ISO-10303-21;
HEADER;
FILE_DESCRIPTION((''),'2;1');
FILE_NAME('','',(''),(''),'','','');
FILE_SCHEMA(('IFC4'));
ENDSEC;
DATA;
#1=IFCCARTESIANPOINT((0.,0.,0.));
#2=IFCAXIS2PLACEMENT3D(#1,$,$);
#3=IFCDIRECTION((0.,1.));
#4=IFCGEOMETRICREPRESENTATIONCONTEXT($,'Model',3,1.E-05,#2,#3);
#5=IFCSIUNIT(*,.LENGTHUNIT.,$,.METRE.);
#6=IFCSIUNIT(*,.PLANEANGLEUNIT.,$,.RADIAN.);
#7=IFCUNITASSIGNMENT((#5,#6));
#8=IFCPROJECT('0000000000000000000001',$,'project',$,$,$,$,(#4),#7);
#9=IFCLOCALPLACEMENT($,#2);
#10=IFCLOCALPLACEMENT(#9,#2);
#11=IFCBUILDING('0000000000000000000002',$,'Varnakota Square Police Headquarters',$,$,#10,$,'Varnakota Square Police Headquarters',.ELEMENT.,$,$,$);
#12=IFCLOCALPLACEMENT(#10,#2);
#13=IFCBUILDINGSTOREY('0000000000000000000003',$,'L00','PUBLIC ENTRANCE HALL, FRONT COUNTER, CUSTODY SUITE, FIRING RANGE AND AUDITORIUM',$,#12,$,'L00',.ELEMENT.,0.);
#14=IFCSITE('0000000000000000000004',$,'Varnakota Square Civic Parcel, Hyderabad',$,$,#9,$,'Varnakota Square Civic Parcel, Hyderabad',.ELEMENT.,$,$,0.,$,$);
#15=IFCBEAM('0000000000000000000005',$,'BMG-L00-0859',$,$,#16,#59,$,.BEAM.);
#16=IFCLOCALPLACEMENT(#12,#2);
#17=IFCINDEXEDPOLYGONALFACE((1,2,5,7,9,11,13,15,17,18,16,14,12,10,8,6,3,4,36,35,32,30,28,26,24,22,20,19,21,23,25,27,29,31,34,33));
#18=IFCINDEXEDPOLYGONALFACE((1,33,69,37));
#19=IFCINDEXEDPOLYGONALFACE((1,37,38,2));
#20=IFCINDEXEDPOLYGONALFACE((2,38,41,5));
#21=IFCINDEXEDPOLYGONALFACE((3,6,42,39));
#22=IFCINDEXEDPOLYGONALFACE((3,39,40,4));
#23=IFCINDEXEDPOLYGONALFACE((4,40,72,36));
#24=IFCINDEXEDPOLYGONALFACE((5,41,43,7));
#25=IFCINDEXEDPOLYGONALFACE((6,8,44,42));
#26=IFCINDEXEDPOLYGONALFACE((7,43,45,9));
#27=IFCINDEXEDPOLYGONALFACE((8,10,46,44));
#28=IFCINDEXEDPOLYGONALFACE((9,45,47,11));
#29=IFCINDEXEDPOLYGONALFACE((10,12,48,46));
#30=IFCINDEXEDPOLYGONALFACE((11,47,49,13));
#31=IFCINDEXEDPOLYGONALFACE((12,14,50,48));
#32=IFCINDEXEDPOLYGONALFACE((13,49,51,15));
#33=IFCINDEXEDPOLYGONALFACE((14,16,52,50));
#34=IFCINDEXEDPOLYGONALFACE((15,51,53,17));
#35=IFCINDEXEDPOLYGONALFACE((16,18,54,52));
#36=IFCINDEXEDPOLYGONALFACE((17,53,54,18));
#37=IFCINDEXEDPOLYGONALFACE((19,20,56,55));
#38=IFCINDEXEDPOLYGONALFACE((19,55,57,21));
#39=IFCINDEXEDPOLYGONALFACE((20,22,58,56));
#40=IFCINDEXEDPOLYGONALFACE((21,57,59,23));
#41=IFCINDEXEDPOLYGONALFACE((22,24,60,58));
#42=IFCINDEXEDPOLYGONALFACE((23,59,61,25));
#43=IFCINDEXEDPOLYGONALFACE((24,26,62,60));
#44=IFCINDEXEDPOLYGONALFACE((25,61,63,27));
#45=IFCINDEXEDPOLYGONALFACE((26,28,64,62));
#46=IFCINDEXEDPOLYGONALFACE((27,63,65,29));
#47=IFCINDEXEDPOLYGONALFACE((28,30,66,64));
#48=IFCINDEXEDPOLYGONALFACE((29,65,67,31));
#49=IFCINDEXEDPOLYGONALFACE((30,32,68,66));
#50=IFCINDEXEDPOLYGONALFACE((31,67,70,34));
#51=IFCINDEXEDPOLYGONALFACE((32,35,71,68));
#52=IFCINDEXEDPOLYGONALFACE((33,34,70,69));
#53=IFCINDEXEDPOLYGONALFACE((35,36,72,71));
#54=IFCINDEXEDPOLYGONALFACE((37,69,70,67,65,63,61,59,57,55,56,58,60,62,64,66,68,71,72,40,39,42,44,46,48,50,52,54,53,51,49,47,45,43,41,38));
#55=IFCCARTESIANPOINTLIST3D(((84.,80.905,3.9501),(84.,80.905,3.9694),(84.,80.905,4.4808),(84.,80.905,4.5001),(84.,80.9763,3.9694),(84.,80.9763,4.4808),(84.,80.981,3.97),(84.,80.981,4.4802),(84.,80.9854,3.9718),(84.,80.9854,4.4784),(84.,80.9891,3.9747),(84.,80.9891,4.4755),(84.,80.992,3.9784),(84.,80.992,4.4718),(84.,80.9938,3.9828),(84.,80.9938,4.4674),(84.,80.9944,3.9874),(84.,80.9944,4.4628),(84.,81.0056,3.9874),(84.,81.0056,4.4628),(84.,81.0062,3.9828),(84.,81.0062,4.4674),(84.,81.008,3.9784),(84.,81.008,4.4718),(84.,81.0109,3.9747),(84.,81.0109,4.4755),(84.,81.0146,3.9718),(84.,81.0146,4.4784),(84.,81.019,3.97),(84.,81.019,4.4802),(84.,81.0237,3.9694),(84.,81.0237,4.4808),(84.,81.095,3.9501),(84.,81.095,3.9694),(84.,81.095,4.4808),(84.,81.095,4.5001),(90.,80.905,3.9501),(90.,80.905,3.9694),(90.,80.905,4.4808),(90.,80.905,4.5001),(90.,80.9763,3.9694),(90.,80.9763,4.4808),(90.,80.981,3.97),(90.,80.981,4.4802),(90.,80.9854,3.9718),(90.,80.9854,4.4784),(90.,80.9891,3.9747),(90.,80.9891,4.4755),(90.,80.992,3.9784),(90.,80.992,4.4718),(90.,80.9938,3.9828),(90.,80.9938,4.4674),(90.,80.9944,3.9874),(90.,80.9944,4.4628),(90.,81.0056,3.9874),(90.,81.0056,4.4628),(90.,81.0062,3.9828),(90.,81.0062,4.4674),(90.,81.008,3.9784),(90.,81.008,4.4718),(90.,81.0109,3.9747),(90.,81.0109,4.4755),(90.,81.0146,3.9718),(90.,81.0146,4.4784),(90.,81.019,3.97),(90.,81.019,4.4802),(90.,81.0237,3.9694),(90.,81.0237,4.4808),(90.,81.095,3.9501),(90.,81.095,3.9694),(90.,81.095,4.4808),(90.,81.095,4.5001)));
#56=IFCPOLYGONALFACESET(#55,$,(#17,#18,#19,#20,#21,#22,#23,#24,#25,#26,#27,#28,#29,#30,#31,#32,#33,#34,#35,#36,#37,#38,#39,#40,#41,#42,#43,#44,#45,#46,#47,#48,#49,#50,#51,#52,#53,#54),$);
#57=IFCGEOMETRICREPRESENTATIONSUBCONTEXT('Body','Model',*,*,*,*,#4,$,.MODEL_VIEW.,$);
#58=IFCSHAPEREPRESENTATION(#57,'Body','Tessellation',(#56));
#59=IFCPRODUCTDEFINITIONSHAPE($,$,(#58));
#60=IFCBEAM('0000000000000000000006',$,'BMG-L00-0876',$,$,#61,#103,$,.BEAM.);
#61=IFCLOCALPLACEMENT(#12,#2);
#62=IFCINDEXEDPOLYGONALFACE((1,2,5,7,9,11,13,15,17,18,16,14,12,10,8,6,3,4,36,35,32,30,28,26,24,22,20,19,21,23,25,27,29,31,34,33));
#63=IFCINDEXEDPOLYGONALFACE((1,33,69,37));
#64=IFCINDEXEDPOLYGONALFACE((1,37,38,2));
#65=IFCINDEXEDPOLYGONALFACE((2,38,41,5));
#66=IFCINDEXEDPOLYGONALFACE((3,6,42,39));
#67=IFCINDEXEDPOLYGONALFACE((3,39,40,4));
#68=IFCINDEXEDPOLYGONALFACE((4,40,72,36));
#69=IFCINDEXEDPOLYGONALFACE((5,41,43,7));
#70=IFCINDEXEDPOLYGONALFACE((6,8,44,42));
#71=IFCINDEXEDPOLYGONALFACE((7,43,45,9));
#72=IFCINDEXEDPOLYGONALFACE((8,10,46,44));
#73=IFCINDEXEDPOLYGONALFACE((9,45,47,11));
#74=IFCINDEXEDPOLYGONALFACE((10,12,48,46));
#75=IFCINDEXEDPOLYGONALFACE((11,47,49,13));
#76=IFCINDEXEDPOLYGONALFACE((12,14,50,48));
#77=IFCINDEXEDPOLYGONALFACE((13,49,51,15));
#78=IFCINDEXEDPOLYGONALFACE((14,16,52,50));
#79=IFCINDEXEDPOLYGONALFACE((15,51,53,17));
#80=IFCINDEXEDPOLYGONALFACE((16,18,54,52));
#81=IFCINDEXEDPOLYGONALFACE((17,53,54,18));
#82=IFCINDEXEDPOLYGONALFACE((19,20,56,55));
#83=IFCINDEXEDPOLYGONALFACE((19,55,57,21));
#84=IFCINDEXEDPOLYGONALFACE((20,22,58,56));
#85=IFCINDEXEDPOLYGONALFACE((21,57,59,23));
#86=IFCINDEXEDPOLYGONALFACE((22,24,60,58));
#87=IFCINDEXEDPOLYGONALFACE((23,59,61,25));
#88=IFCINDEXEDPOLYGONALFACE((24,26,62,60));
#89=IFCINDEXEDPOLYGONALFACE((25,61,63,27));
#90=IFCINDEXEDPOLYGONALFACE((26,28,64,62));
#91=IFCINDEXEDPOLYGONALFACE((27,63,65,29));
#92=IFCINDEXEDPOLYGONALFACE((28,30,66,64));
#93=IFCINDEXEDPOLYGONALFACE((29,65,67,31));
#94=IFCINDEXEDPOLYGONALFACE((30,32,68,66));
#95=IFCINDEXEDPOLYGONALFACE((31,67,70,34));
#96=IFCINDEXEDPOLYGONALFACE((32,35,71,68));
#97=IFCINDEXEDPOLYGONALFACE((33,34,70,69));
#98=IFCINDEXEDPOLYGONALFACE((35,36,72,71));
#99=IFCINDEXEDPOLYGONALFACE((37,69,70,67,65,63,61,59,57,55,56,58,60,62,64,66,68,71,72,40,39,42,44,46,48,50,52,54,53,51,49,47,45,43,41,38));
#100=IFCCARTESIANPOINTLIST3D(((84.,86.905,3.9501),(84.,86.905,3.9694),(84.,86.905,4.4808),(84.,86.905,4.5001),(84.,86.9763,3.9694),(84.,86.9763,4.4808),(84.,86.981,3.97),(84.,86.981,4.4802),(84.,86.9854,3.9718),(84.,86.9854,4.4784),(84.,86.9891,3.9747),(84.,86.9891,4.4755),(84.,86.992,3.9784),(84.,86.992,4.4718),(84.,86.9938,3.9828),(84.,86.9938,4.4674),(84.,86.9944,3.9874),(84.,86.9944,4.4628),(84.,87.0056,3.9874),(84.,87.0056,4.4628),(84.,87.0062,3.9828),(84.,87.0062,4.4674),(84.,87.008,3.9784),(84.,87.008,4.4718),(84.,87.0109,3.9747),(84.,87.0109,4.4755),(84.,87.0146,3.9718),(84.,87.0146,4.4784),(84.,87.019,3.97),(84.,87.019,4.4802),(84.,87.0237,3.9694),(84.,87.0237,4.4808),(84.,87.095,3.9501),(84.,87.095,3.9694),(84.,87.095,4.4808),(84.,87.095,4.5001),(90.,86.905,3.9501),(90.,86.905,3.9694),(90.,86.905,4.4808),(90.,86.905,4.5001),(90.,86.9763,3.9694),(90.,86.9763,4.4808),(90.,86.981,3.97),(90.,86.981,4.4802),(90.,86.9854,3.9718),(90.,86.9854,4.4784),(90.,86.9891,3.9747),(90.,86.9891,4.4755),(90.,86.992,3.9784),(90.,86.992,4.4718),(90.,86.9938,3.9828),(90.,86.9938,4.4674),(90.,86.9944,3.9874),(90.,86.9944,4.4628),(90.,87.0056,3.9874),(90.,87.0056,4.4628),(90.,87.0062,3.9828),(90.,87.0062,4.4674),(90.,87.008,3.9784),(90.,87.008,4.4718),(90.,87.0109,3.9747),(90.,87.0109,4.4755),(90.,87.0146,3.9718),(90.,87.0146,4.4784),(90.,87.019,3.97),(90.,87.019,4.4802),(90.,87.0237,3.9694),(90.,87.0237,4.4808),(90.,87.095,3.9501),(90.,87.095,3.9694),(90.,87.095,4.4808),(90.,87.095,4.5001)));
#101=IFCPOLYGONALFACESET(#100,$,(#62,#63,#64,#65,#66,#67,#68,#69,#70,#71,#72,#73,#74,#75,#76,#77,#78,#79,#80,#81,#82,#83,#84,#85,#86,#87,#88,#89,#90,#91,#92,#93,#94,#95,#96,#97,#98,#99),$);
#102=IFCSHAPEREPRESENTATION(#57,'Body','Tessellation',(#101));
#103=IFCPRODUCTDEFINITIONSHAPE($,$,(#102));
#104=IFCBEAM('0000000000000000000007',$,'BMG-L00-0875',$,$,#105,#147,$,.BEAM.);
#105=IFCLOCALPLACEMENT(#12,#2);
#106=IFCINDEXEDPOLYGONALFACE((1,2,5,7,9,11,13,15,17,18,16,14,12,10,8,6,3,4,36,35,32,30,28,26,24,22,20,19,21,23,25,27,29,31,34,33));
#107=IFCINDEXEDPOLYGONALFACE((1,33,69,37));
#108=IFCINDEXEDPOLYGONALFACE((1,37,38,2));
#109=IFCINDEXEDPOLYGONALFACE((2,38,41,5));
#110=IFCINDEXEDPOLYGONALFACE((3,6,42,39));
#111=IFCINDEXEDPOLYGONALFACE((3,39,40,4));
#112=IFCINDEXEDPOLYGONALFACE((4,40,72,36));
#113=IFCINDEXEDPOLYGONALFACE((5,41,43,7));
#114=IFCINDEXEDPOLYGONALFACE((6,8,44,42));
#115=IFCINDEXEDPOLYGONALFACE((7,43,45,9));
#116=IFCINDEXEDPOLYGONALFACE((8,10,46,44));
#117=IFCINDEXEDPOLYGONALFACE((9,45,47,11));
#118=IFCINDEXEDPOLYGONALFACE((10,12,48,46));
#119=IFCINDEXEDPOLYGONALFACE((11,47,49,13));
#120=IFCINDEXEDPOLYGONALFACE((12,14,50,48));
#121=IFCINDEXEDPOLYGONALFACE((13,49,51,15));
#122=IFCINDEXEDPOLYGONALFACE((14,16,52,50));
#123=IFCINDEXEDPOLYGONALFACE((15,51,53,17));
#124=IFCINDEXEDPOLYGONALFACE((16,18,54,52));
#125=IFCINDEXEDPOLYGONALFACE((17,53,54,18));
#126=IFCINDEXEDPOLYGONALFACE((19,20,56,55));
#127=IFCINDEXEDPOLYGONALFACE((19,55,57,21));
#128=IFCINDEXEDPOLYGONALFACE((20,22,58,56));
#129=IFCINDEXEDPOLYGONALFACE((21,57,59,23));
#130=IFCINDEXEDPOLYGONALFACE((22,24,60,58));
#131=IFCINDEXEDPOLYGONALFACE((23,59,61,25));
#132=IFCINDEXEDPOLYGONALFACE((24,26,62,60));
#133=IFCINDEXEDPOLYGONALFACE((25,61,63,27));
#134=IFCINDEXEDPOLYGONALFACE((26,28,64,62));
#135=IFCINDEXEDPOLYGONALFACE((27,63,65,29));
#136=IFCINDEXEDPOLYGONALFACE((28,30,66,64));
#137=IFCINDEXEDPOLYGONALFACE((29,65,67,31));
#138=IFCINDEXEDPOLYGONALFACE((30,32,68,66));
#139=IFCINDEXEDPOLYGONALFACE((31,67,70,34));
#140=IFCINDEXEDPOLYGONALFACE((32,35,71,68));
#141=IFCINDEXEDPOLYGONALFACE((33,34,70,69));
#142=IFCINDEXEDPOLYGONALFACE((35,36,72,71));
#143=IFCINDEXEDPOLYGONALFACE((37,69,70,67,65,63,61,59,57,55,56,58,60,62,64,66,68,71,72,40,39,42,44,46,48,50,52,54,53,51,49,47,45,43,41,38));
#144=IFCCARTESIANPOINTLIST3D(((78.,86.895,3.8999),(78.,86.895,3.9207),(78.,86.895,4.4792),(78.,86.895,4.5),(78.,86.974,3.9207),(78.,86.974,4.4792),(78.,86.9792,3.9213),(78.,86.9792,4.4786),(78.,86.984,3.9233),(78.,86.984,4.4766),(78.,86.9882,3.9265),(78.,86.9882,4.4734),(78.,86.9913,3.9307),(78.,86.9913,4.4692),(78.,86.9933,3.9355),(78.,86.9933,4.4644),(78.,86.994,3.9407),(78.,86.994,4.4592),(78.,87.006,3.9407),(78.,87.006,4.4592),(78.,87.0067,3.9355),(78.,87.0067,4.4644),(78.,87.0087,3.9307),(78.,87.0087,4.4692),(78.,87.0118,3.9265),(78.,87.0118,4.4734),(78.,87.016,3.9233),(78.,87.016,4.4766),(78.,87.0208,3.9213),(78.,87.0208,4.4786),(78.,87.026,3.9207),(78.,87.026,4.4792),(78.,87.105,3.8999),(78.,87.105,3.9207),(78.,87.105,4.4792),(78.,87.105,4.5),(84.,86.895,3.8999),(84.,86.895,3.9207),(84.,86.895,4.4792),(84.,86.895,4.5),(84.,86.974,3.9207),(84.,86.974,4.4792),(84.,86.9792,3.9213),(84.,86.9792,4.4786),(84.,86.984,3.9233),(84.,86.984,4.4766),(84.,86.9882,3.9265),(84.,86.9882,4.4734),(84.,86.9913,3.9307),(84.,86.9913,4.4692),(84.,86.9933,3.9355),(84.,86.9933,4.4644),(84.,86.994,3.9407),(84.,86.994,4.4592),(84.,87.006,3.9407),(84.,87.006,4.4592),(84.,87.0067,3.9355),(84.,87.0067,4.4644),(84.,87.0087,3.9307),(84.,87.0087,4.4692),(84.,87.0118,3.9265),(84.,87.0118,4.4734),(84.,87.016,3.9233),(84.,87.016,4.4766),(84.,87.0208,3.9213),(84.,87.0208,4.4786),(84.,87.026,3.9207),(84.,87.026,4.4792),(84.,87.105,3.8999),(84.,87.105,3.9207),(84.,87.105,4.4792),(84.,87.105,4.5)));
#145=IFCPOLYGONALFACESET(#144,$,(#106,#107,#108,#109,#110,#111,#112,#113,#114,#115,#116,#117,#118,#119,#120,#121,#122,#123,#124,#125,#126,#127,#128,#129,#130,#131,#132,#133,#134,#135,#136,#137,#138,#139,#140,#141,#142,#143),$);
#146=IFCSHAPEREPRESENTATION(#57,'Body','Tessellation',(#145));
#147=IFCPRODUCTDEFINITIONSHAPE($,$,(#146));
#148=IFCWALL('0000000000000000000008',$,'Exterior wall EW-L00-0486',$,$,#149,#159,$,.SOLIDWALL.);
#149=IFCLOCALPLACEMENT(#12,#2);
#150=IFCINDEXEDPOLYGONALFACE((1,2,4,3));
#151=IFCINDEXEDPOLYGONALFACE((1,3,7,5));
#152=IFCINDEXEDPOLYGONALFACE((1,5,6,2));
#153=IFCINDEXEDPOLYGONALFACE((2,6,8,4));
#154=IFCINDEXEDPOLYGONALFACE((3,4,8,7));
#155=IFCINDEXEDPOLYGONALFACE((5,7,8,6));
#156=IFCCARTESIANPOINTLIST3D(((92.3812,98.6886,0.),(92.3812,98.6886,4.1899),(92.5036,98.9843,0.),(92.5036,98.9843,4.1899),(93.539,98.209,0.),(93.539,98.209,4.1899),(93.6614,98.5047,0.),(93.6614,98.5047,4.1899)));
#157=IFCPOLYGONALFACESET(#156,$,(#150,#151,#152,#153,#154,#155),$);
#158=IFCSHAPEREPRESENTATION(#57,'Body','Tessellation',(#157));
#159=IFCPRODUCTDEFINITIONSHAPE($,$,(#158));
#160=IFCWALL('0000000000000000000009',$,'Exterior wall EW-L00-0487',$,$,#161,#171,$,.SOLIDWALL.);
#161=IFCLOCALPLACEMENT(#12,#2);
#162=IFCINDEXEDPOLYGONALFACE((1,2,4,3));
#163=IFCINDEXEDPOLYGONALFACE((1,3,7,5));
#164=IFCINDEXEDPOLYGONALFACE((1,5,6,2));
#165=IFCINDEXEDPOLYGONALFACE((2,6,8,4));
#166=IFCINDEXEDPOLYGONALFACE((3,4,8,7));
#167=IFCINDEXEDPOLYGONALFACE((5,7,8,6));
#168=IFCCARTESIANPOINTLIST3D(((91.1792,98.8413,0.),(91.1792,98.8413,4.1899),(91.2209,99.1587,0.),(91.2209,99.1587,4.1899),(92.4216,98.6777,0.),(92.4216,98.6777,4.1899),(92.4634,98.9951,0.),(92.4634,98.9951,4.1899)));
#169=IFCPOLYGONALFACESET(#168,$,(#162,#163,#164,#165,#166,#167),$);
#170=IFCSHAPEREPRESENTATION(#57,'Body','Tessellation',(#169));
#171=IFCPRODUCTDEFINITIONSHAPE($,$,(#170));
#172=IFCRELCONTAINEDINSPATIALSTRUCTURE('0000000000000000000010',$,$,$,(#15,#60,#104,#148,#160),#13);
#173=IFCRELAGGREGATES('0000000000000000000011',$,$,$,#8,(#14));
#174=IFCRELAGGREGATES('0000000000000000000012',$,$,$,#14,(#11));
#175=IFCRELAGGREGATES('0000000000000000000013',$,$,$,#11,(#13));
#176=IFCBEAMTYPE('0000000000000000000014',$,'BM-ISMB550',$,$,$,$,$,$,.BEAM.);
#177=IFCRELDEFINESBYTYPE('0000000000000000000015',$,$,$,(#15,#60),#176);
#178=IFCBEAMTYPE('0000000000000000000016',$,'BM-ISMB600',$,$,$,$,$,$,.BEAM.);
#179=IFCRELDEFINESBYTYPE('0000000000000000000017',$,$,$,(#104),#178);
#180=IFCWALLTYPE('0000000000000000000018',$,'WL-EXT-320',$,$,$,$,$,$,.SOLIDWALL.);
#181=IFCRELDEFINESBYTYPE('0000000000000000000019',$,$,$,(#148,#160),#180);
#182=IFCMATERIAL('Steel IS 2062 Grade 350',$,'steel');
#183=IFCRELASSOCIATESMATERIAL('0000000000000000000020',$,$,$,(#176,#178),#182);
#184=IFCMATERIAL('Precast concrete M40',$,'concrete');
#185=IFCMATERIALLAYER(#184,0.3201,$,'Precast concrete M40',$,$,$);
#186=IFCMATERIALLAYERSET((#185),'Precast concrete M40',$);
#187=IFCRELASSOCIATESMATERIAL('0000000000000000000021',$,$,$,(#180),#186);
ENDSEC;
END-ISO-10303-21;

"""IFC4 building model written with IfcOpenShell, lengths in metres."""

from ifc_helpers import new_model, si_unit, direction, frame, frame_2d, origin, origin_2d, place, context, subcontext, project, spatial, rectangle, i_section, extrude, material, layer, layer_set, material_profile, profile_set, type_object, element, save


model = new_model("IFC4")

# Units and contexts
model_context = context("Model", 3, precision=1e-05, world=origin(), true_north=direction((0.0, 1.0)))
body_context = subcontext(model_context, "Body", "Model", "MODEL_VIEW")
ifc_project = project(units=[si_unit("LENGTHUNIT", "METRE"), si_unit("PLANEANGLEUNIT", "RADIAN")], contexts=[model_context])

# Site, building, storey
site_placement = place(None, origin())
site = spatial("IfcSite", under=ifc_project, at=site_placement, Name="Varnakota Square Civic Parcel, Hyderabad", LongName="Varnakota Square Civic Parcel, Hyderabad", CompositionType="ELEMENT", RefElevation=0.0)
building_placement = place(site_placement, origin())
building = spatial("IfcBuilding", under=site, at=building_placement, Name="Varnakota Square Police Headquarters", LongName="Varnakota Square Police Headquarters", CompositionType="ELEMENT")
storey_placement = place(building_placement, origin())
storey = spatial("IfcBuildingStorey", under=building, at=storey_placement, Name="L00", Description="PUBLIC ENTRANCE HALL, FRONT COUNTER, CUSTODY SUITE, FIRING RANGE AND AUDITORIUM", LongName="L00", CompositionType="ELEMENT", Elevation=0.0)

# Beams
ifc_material_1 = material(Name="Steel IS 2062 Grade 350", Category="steel")
ifc_material_profile_1 = material_profile(ifc_material_1, i_section(OverallWidth=0.1899, OverallDepth=0.55, WebThickness=0.0112, FlangeThickness=0.0193, FilletRadius=0.0181, at=origin_2d()), Name="ISMB 550")
ifc_profile_set_1 = profile_set([ifc_material_profile_1], Name="Steel IS 2062 Grade 350")
beam_type_1 = type_object("IfcBeamType", Name="BM-ISMB550", PredefinedType="BEAM", material=ifc_profile_set_1)
for number, where, z_axis, x_axis, name in (
    (1, (84.0, 81.0, 4.2251), (1.0, 0.0, 0.0), (0.0, 1.0, 0.0), "BMG-L00-0859"),
    (2, (84.0, 87.0, 4.2251), (1.0, 0.0, 0.0), (0.0, 1.0, 0.0), "BMG-L00-0876"),
):
    element("IfcBeam", number, at=place(storey_placement, frame(where, z_axis=z_axis, x_axis=x_axis)), inside=storey, type_object=beam_type_1, Name=name, PredefinedType="BEAM", context=body_context, shape_type="SweptSolid", body=[
        extrude(i_section(OverallWidth=0.1899, OverallDepth=0.55, WebThickness=0.0112, FlangeThickness=0.0193, FilletRadius=0.0181, at=origin_2d()), origin(), (0.0, 0.0, 1.0), 6.0),
    ])
ifc_material_profile_2 = material_profile(ifc_material_1, i_section(OverallWidth=0.21, OverallDepth=0.6001, WebThickness=0.012, FlangeThickness=0.0208, FilletRadius=0.02, at=origin_2d()), Name="ISMB 600")
ifc_profile_set_2 = profile_set([ifc_material_profile_2], Name="Steel IS 2062 Grade 350")
beam_type_2 = type_object("IfcBeamType", Name="BM-ISMB600", PredefinedType="BEAM", material=ifc_profile_set_2)
beam_1_placement = place(storey_placement, frame((78.0, 87.0, 4.2), z_axis=(1.0, 0.0, 0.0), x_axis=(0.0, 1.0, 0.0)))
element("IfcBeam", 3, at=beam_1_placement, inside=storey, type_object=beam_type_2, Name="BMG-L00-0875", PredefinedType="BEAM", context=body_context, shape_type="SweptSolid", body=[
    extrude(i_section(OverallWidth=0.21, OverallDepth=0.6001, WebThickness=0.012, FlangeThickness=0.0208, FilletRadius=0.02, at=origin_2d()), origin(), (0.0, 0.0, 1.0), 6.0),
])

# Walls
ifc_material_2 = material(Name="Precast concrete M40", Category="concrete")
ifc_layer = layer(ifc_material_2, 0.3201, Name="Precast concrete M40")
ifc_layer_set = layer_set([ifc_layer], Name="Precast concrete M40")
wall_type = type_object("IfcWallType", Name="WL-EXT-320", PredefinedType="SOLIDWALL", material=ifc_layer_set)
for number, where, z_axis, x_axis, name in (
    (4, (93.6001, 98.3569, 0.0), (0.0, 0.0, 1.0), (-0.923893, 0.38265, 0.0), "Exterior wall EW-L00-0486"),
    (5, (92.4424, 98.8364, 0.0), (0.0, 0.0, 1.0), (-0.991444, 0.13053, 0.0), "Exterior wall EW-L00-0487"),
):
    element("IfcWall", number, at=place(storey_placement, frame(where, z_axis=z_axis, x_axis=x_axis)), inside=storey, type_object=wall_type, Name=name, PredefinedType="SOLIDWALL", context=body_context, shape_type="SweptSolid", body=[
        extrude(rectangle(XDim=1.2532, YDim=0.3201, at=frame_2d((0.6265, 0.0))), origin(), (0.0, 0.0, 1.0), 4.1899),
    ])

save(model, "model.ifc")
